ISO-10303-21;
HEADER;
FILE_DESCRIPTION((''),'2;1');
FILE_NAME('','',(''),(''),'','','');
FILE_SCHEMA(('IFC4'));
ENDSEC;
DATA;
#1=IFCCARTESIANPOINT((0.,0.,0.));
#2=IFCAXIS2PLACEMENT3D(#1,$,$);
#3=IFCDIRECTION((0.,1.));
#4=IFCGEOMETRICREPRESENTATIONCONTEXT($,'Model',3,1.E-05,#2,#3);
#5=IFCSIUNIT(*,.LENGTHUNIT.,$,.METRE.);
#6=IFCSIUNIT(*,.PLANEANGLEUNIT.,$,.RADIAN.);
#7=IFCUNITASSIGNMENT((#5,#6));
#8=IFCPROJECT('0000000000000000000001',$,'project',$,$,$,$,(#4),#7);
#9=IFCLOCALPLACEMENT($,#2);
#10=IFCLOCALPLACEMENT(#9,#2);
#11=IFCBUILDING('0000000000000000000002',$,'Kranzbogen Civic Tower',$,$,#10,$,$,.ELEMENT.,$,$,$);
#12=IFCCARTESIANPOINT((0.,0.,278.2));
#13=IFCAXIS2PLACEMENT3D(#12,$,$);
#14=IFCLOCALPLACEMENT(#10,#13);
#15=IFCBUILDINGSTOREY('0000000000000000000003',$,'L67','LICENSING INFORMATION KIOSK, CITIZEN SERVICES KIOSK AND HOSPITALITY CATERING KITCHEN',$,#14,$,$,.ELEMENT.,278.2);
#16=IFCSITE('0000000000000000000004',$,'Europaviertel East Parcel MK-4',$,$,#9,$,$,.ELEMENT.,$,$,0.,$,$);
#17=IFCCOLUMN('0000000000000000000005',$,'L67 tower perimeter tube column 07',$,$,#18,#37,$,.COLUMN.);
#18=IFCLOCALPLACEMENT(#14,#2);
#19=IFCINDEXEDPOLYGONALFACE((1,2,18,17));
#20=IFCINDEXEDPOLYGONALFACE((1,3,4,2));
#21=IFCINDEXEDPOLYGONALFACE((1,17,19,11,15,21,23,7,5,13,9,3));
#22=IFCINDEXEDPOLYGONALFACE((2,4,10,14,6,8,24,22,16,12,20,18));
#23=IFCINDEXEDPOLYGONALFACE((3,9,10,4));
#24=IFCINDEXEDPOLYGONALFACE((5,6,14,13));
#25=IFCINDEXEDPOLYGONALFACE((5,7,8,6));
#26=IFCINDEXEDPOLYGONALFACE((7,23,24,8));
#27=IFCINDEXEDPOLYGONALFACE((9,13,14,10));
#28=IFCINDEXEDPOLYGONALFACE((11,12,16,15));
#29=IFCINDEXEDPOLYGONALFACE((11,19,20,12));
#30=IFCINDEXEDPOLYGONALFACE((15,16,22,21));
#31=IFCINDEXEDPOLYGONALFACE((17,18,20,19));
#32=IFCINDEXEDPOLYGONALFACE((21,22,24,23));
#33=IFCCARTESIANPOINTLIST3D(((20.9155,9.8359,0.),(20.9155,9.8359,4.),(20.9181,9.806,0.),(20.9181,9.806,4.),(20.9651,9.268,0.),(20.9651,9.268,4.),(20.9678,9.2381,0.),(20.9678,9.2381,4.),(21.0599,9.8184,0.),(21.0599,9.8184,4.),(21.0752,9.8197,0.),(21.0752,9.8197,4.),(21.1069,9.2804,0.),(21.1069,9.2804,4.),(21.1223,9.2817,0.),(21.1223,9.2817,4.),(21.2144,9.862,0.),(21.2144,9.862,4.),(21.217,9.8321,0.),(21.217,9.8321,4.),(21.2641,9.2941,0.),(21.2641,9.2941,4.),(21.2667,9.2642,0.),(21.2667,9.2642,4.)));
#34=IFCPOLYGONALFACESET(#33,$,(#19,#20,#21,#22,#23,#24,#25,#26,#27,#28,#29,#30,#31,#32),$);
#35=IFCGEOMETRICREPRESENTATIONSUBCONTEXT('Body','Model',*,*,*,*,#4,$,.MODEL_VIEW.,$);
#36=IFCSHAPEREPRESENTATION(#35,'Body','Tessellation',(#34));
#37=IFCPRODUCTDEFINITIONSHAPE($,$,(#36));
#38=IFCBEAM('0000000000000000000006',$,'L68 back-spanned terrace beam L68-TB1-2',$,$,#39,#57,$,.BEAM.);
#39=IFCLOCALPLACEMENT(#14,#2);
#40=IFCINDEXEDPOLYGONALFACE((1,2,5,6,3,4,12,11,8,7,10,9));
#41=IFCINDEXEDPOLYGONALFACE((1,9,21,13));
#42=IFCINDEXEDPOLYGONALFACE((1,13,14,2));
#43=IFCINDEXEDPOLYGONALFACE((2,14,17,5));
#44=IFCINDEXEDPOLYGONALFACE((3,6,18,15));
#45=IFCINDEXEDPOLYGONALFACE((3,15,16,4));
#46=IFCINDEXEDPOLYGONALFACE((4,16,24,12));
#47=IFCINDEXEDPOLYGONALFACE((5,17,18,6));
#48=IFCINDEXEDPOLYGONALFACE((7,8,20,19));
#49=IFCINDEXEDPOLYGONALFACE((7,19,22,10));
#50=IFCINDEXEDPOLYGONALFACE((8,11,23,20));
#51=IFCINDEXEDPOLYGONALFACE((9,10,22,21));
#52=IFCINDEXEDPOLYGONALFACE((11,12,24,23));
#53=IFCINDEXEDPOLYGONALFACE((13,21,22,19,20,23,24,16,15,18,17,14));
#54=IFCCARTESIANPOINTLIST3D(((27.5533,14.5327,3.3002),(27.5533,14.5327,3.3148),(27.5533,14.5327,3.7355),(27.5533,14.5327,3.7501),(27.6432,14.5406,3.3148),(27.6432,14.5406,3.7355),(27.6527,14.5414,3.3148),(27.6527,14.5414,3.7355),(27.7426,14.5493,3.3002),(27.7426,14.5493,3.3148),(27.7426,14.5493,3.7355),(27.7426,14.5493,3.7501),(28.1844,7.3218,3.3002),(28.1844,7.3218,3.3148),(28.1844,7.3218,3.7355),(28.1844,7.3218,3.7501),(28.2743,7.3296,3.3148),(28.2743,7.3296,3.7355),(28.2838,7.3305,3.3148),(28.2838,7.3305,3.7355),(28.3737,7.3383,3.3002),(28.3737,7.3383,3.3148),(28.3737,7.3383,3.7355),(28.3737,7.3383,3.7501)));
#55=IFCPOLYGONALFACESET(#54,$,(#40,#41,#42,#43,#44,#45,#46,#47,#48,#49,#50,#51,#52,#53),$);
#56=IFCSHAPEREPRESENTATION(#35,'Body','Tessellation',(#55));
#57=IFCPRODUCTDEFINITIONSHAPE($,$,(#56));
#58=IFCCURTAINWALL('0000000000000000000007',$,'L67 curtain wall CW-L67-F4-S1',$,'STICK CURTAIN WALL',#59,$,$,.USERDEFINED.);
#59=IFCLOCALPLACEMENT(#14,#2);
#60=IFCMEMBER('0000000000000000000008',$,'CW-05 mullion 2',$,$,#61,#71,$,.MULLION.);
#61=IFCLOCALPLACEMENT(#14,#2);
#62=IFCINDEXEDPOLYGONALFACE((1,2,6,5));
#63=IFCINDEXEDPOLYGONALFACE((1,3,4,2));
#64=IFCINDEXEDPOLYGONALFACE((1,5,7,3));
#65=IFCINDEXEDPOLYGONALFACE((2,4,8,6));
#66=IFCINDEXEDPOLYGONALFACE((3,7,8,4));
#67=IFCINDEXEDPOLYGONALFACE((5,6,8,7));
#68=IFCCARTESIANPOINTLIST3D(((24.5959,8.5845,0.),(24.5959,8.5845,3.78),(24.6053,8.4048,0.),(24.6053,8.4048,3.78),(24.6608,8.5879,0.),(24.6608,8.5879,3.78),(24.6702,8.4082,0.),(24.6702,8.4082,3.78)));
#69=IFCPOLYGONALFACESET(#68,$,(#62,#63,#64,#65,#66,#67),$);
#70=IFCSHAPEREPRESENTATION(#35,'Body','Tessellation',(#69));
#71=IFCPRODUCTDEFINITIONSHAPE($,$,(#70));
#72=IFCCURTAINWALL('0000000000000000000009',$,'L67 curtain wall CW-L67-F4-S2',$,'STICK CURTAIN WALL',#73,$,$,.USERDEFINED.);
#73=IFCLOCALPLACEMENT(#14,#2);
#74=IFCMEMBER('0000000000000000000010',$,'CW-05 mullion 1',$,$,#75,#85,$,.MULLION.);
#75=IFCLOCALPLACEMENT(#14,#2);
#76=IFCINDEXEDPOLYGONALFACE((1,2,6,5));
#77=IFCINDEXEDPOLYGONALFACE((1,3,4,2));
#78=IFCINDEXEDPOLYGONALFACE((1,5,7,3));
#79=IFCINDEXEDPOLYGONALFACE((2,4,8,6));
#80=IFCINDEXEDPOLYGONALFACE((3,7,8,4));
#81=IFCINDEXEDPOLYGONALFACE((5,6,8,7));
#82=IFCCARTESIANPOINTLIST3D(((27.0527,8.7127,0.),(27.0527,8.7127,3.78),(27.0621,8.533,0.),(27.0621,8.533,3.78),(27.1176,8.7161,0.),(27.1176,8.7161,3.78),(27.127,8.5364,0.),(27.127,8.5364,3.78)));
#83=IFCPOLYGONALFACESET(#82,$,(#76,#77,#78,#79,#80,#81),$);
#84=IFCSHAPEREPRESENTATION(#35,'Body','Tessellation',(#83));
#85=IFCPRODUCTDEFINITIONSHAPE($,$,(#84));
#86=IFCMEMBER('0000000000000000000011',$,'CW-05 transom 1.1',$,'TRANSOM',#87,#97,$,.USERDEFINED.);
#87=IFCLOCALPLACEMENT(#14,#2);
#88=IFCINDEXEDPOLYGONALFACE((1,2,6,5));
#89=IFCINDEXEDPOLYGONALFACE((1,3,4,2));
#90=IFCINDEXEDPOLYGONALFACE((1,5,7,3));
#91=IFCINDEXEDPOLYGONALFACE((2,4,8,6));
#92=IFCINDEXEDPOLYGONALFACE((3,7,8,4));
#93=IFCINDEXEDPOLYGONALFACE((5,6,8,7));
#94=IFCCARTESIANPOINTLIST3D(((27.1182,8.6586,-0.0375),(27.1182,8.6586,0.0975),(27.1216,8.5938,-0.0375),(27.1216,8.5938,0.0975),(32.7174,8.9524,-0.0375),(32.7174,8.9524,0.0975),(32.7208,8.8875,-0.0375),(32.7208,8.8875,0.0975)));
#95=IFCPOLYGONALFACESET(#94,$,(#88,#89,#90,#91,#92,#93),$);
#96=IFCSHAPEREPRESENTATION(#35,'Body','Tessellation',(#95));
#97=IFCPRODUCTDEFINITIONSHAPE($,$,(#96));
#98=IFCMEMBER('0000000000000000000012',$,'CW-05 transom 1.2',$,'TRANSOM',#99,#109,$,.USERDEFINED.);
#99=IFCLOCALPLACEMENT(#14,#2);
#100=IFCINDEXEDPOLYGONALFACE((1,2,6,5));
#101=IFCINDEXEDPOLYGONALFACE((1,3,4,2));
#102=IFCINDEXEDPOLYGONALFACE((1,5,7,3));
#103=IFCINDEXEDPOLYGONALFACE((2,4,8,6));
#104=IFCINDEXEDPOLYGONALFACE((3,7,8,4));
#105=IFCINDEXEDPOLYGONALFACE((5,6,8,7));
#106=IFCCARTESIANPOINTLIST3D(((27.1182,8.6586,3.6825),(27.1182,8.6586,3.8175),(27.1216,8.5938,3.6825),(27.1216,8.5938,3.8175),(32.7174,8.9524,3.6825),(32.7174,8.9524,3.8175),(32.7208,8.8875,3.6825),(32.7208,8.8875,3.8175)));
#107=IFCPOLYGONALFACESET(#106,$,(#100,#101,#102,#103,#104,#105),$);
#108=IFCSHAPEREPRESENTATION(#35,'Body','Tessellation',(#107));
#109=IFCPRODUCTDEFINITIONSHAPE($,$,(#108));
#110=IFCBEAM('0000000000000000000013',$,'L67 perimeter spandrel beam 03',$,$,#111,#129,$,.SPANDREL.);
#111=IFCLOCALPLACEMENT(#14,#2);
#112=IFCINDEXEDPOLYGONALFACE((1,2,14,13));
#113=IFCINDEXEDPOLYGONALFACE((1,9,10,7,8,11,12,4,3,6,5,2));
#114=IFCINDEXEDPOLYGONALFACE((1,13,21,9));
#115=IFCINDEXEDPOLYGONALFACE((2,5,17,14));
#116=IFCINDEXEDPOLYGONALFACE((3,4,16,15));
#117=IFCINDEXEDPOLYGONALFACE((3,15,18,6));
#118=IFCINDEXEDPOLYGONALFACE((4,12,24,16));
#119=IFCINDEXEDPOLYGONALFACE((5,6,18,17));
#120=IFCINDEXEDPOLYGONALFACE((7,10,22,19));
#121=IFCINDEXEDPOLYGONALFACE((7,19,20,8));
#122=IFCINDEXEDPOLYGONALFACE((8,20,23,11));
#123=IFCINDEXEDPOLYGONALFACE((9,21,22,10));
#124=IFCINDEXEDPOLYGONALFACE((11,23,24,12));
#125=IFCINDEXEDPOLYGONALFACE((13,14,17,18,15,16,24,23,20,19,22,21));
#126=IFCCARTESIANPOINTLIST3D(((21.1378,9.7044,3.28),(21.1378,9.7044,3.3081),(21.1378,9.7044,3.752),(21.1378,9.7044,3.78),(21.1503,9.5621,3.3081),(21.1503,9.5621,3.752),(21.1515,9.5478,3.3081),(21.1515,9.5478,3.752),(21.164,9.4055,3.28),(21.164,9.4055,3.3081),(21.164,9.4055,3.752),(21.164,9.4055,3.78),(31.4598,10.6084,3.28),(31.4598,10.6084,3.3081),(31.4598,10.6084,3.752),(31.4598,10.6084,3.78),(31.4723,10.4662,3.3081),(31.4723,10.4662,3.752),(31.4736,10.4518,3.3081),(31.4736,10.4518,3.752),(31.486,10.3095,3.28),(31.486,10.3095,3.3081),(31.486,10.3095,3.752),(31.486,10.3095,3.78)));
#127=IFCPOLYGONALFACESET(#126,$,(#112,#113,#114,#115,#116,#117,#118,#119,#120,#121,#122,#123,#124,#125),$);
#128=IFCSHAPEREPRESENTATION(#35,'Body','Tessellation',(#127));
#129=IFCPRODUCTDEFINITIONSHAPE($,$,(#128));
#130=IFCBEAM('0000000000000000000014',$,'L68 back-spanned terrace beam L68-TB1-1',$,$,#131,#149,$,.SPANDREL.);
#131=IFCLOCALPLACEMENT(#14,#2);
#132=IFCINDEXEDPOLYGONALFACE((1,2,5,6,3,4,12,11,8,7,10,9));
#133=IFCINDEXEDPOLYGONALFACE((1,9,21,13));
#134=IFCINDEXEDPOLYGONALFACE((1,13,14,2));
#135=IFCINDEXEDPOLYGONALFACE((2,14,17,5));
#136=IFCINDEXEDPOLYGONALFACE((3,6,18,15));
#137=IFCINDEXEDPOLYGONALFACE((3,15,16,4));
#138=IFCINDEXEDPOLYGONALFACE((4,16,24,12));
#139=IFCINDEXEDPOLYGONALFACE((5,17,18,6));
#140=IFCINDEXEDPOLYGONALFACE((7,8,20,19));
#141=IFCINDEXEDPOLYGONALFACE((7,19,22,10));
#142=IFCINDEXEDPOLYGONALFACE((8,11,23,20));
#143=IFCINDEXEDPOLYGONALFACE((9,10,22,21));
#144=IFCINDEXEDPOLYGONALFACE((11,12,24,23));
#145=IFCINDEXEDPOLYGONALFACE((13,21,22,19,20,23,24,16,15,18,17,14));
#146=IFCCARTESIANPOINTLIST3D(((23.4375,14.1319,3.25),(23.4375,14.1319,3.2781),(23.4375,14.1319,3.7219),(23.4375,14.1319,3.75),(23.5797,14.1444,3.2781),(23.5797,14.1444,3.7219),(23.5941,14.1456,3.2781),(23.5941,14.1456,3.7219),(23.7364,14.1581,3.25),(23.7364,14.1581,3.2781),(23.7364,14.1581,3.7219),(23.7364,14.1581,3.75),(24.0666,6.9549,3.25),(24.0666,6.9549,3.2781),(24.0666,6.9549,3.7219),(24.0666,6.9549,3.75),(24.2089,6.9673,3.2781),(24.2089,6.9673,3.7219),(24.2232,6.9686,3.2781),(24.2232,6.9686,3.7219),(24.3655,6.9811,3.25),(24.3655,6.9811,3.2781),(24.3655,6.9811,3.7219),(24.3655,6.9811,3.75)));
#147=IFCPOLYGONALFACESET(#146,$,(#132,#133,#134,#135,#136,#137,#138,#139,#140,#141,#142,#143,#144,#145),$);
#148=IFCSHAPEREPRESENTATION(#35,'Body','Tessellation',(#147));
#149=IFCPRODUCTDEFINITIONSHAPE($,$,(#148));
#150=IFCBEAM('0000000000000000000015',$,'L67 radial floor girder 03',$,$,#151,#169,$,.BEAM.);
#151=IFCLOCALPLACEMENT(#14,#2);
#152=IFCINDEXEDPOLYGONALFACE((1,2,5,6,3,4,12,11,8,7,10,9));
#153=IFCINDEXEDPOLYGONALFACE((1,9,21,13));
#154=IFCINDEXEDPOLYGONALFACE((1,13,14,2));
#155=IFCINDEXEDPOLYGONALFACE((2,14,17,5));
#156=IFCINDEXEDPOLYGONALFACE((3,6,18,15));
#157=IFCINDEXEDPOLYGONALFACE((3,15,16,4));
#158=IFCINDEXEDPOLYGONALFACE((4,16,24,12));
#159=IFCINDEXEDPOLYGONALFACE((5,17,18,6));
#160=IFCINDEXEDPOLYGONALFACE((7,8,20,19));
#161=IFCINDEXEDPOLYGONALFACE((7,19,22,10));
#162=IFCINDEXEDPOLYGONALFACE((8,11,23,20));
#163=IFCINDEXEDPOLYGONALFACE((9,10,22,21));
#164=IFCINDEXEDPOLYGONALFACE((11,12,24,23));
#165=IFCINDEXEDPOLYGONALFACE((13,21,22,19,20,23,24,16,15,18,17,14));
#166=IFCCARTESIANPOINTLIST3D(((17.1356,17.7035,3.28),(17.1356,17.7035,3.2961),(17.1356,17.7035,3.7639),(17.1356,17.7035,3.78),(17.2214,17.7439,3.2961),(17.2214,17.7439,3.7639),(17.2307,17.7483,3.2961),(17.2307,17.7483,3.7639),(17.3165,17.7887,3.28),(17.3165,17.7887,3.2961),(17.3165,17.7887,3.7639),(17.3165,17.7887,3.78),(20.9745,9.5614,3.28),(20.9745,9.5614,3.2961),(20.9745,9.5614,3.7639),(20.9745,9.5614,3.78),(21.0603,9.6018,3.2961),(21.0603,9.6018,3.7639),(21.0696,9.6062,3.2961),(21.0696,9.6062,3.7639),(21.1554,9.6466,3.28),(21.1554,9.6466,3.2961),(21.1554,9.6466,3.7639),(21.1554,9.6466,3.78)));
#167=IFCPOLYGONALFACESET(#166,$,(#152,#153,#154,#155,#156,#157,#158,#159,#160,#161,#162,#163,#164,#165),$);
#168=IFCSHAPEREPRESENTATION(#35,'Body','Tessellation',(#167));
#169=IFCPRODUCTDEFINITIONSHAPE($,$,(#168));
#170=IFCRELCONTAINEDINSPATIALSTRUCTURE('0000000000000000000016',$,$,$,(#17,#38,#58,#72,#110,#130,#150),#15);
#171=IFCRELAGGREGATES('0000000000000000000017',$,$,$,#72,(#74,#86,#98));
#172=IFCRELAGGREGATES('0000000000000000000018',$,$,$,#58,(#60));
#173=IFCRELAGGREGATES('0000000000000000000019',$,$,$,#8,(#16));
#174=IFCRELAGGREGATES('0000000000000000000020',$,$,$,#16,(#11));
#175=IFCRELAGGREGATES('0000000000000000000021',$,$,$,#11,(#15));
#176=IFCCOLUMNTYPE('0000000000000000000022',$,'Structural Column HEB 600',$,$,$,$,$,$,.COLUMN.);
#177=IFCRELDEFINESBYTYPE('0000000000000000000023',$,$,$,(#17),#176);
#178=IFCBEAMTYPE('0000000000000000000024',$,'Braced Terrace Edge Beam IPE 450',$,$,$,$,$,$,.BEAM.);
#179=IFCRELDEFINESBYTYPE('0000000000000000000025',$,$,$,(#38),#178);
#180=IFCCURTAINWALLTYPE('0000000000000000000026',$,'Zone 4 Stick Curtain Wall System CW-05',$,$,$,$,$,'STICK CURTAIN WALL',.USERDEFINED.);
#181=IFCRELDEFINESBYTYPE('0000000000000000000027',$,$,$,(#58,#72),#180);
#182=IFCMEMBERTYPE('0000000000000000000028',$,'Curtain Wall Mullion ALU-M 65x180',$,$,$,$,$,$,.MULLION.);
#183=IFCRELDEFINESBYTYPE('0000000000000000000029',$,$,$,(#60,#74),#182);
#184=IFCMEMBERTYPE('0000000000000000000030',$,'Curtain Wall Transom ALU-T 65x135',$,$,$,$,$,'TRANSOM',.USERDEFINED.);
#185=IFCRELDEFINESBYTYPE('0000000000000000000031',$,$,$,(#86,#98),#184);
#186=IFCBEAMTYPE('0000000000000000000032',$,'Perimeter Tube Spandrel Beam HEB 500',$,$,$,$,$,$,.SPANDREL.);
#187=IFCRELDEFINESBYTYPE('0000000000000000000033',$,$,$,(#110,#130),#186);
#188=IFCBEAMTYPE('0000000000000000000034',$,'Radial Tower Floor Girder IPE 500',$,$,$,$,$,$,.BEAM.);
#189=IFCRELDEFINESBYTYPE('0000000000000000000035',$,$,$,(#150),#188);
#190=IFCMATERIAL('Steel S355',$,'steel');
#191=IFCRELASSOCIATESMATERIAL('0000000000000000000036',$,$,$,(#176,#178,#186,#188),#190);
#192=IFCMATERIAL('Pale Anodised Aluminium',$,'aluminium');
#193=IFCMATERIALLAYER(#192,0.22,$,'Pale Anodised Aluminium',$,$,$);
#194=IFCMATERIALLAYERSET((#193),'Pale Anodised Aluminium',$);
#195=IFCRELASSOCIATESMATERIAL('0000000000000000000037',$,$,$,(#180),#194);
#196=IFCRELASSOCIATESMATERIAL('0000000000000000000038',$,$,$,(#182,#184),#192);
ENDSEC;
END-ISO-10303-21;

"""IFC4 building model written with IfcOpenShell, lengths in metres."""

from ifc_helpers import new_model, si_unit, direction, frame, origin, origin_2d, place, context, subcontext, project, spatial, rectangle, i_section, extrude, material, layer, layer_set, material_profile, profile_set, type_object, element, aggregate, save


model = new_model("IFC4")

# Units and contexts
model_context = context("Model", 3, precision=1e-05, world=origin(), true_north=direction((0.0, 1.0)))
body_context = subcontext(model_context, "Body", "Model", "MODEL_VIEW")
ifc_project = project(units=[si_unit("LENGTHUNIT", "METRE"), si_unit("PLANEANGLEUNIT", "RADIAN")], contexts=[model_context])

# Site, building, storey
site_placement = place(None, origin())
site = spatial("IfcSite", under=ifc_project, at=site_placement, Name="Europaviertel East Parcel MK-4", CompositionType="ELEMENT", RefElevation=0.0)
building_placement = place(site_placement, origin())
building = spatial("IfcBuilding", under=site, at=building_placement, Name="Kranzbogen Civic Tower", CompositionType="ELEMENT")
storey_placement = place(building_placement, frame((0.0, 0.0, 278.2)))
storey = spatial("IfcBuildingStorey", under=building, at=storey_placement, Name="L67", Description="LICENSING INFORMATION KIOSK, CITIZEN SERVICES KIOSK AND HOSPITALITY CATERING KITCHEN", CompositionType="ELEMENT", Elevation=278.2)

# Column
ifc_material_1 = material(Name="Steel S355", Category="steel")
ifc_material_profile_1 = material_profile(ifc_material_1, i_section(OverallWidth=0.3, OverallDepth=0.6001, WebThickness=0.0154, FlangeThickness=0.03, at=origin_2d()), Name="HEB 600")
ifc_profile_set_1 = profile_set([ifc_material_profile_1], Name="Steel S355")
column_type = type_object("IfcColumnType", Name="Structural Column HEB 600", PredefinedType="COLUMN", material=ifc_profile_set_1)
column_placement = place(storey_placement, frame((21.0911, 9.55, 0.0), z_axis=(0.0, 0.0, 1.0), x_axis=(0.996195, 0.087156, 0.0)))
element("IfcColumn", 1, at=column_placement, inside=storey, type_object=column_type, Name="L67 tower perimeter tube column 07", PredefinedType="COLUMN", context=body_context, shape_type="SweptSolid", body=[
    extrude(i_section(OverallWidth=0.3, OverallDepth=0.6001, WebThickness=0.0154, FlangeThickness=0.03, at=origin_2d()), origin(), (0.0, 0.0, 1.0), 4.0),
])

# Beam
ifc_material_profile_2 = material_profile(ifc_material_1, i_section(OverallWidth=0.1899, OverallDepth=0.45, WebThickness=0.0095, FlangeThickness=0.0146, at=origin_2d()), Name="IPE 450")
ifc_profile_set_2 = profile_set([ifc_material_profile_2], Name="Steel S355")
beam_type_1 = type_object("IfcBeamType", Name="Braced Terrace Edge Beam IPE 450", PredefinedType="BEAM", material=ifc_profile_set_2)
beam_1_placement = place(storey_placement, frame((27.6479, 14.541, 3.5251), z_axis=(0.087187, -0.996192, 0.0), x_axis=(0.996192, 0.087187, 0.0)))
element("IfcBeam", 2, at=beam_1_placement, inside=storey, type_object=beam_type_1, Name="L68 back-spanned terrace beam L68-TB1-2", PredefinedType="BEAM", context=body_context, shape_type="SweptSolid", body=[
    extrude(i_section(OverallWidth=0.1899, OverallDepth=0.45, WebThickness=0.0095, FlangeThickness=0.0146, at=origin_2d()), origin(), (0.0, 0.0, 1.0), 7.2385),
])

# Curtain wall, member
ifc_material_2 = material(Name="Pale Anodised Aluminium", Category="aluminium")
ifc_layer_1 = layer(ifc_material_2, 0.22, Name="Pale Anodised Aluminium")
ifc_layer_set_1 = layer_set([ifc_layer_1], Name="Pale Anodised Aluminium")
curtain_wall_type = type_object("IfcCurtainWallType", Name="Zone 4 Stick Curtain Wall System CW-05", ElementType="STICK CURTAIN WALL", PredefinedType="USERDEFINED", material=ifc_layer_set_1)
curtain_wall_1_placement = place(storey_placement, origin())
curtain_wall_1 = element("IfcCurtainWall", 3, at=curtain_wall_1_placement, inside=storey, type_object=curtain_wall_type, Name="L67 curtain wall CW-L67-F4-S1", ObjectType="STICK CURTAIN WALL", PredefinedType="USERDEFINED")
ifc_material_profile_3 = material_profile(ifc_material_2, rectangle(XDim=0.0649, YDim=0.1799, at=origin_2d()), Name="ALU-M 65x180")
ifc_profile_set_3 = profile_set([ifc_material_profile_3], Name="Pale Anodised Aluminium")
member_type_1 = type_object("IfcMemberType", Name="Curtain Wall Mullion ALU-M 65x180", PredefinedType="MULLION", material=ifc_profile_set_3)
member_1_placement = place(storey_placement, frame((24.6331, 8.4963, 0.0), z_axis=(0.0, 0.0, 1.0), x_axis=(0.998627, 0.052385, 0.0)))
member_1 = element("IfcMember", 4, at=member_1_placement, type_object=member_type_1, Name="CW-05 mullion 2", PredefinedType="MULLION", context=body_context, shape_type="SweptSolid", body=[
    extrude(rectangle(XDim=0.0649, YDim=0.1799, at=origin_2d()), origin(), (0.0, 0.0, 1.0), 3.78),
])

# Curtain wall, members
curtain_wall_2_placement = place(storey_placement, origin())
curtain_wall_2 = element("IfcCurtainWall", 5, at=curtain_wall_2_placement, inside=storey, type_object=curtain_wall_type, Name="L67 curtain wall CW-L67-F4-S2", ObjectType="STICK CURTAIN WALL", PredefinedType="USERDEFINED")
member_2_placement = place(storey_placement, frame((27.0898, 8.6245, 0.0), z_axis=(0.0, 0.0, 1.0), x_axis=(0.998627, 0.052385, 0.0)))
member_2 = element("IfcMember", 6, at=member_2_placement, type_object=member_type_1, Name="CW-05 mullion 1", PredefinedType="MULLION", context=body_context, shape_type="SweptSolid", body=[
    extrude(rectangle(XDim=0.0649, YDim=0.1799, at=origin_2d()), origin(), (0.0, 0.0, 1.0), 3.78),
])
ifc_material_profile_4 = material_profile(ifc_material_2, rectangle(XDim=0.0649, YDim=0.135, at=origin_2d()), Name="ALU-T 65x135")
ifc_profile_set_4 = profile_set([ifc_material_profile_4], Name="Pale Anodised Aluminium")
member_type_2 = type_object("IfcMemberType", Name="Curtain Wall Transom ALU-T 65x135", ElementType="TRANSOM", PredefinedType="USERDEFINED", material=ifc_profile_set_4)
member_3_placement = place(storey_placement, frame((27.1199, 8.6262, 0.03), z_axis=(0.998627, 0.052383, 0.0), x_axis=(-0.052383, 0.998627, 0.0)))
member_3 = element("IfcMember", 7, at=member_3_placement, type_object=member_type_2, Name="CW-05 transom 1.1", ObjectType="TRANSOM", PredefinedType="USERDEFINED", context=body_context, shape_type="SweptSolid", body=[
    extrude(rectangle(XDim=0.0649, YDim=0.135, at=origin_2d()), origin(), (0.0, 0.0, 1.0), 5.6069),
])
member_4_placement = place(storey_placement, frame((27.1199, 8.6262, 3.75), z_axis=(0.998627, 0.052383, 0.0), x_axis=(-0.052383, 0.998627, 0.0)))
member_4 = element("IfcMember", 8, at=member_4_placement, type_object=member_type_2, Name="CW-05 transom 1.2", ObjectType="TRANSOM", PredefinedType="USERDEFINED", context=body_context, shape_type="SweptSolid", body=[
    extrude(rectangle(XDim=0.0649, YDim=0.135, at=origin_2d()), origin(), (0.0, 0.0, 1.0), 5.6069),
])
aggregate(curtain_wall_2, [member_2, member_3, member_4])

# Beams
ifc_material_profile_5 = material_profile(ifc_material_1, i_section(OverallWidth=0.3, OverallDepth=0.5, WebThickness=0.0144, FlangeThickness=0.0281, at=origin_2d()), Name="HEB 500")
ifc_profile_set_5 = profile_set([ifc_material_profile_5], Name="Steel S355")
beam_type_2 = type_object("IfcBeamType", Name="Perimeter Tube Spandrel Beam HEB 500", PredefinedType="SPANDREL", material=ifc_profile_set_5)
beam_2_placement = place(storey_placement, frame((21.1509, 9.5549, 3.53), z_axis=(0.996186, 0.087251, 0.0), x_axis=(-0.087251, 0.996186, 0.0)))
element("IfcBeam", 9, at=beam_2_placement, inside=storey, type_object=beam_type_2, Name="L67 perimeter spandrel beam 03", PredefinedType="SPANDREL", context=body_context, shape_type="SweptSolid", body=[
    extrude(i_section(OverallWidth=0.3, OverallDepth=0.5, WebThickness=0.0144, FlangeThickness=0.0281, at=origin_2d()), origin(), (0.0, 0.0, 1.0), 10.3616),
])
beam_3_placement = place(storey_placement, frame((23.5869, 14.145, 3.5), z_axis=(0.087327, -0.99618, 0.0), x_axis=(0.99618, 0.087327, 0.0)))
element("IfcBeam", 10, at=beam_3_placement, inside=storey, type_object=beam_type_2, Name="L68 back-spanned terrace beam L68-TB1-1", PredefinedType="SPANDREL", context=body_context, shape_type="SweptSolid", body=[
    extrude(i_section(OverallWidth=0.3, OverallDepth=0.5, WebThickness=0.0144, FlangeThickness=0.0281, at=origin_2d()), origin(), (0.0, 0.0, 1.0), 7.2046),
])
ifc_material_profile_6 = material_profile(ifc_material_1, i_section(OverallWidth=0.2, OverallDepth=0.5, WebThickness=0.0103, FlangeThickness=0.0161, at=origin_2d()), Name="IPE 500")
ifc_profile_set_6 = profile_set([ifc_material_profile_6], Name="Steel S355")
beam_type_3 = type_object("IfcBeamType", Name="Radial Tower Floor Girder IPE 500", PredefinedType="BEAM", material=ifc_profile_set_6)
beam_4_placement = place(storey_placement, frame((21.0649, 9.604, 3.53), z_axis=(-0.42646, 0.904506, 0.0), x_axis=(-0.904506, -0.42646, 0.0)))
element("IfcBeam", 11, at=beam_4_placement, inside=storey, type_object=beam_type_3, Name="L67 radial floor girder 03", PredefinedType="BEAM", context=body_context, shape_type="SweptSolid", body=[
    extrude(i_section(OverallWidth=0.2, OverallDepth=0.5, WebThickness=0.0103, FlangeThickness=0.0161, at=origin_2d()), origin(), (0.0, 0.0, 1.0), 9.0017),
])

aggregate(curtain_wall_1, [member_1])

save(model, "model.ifc")
